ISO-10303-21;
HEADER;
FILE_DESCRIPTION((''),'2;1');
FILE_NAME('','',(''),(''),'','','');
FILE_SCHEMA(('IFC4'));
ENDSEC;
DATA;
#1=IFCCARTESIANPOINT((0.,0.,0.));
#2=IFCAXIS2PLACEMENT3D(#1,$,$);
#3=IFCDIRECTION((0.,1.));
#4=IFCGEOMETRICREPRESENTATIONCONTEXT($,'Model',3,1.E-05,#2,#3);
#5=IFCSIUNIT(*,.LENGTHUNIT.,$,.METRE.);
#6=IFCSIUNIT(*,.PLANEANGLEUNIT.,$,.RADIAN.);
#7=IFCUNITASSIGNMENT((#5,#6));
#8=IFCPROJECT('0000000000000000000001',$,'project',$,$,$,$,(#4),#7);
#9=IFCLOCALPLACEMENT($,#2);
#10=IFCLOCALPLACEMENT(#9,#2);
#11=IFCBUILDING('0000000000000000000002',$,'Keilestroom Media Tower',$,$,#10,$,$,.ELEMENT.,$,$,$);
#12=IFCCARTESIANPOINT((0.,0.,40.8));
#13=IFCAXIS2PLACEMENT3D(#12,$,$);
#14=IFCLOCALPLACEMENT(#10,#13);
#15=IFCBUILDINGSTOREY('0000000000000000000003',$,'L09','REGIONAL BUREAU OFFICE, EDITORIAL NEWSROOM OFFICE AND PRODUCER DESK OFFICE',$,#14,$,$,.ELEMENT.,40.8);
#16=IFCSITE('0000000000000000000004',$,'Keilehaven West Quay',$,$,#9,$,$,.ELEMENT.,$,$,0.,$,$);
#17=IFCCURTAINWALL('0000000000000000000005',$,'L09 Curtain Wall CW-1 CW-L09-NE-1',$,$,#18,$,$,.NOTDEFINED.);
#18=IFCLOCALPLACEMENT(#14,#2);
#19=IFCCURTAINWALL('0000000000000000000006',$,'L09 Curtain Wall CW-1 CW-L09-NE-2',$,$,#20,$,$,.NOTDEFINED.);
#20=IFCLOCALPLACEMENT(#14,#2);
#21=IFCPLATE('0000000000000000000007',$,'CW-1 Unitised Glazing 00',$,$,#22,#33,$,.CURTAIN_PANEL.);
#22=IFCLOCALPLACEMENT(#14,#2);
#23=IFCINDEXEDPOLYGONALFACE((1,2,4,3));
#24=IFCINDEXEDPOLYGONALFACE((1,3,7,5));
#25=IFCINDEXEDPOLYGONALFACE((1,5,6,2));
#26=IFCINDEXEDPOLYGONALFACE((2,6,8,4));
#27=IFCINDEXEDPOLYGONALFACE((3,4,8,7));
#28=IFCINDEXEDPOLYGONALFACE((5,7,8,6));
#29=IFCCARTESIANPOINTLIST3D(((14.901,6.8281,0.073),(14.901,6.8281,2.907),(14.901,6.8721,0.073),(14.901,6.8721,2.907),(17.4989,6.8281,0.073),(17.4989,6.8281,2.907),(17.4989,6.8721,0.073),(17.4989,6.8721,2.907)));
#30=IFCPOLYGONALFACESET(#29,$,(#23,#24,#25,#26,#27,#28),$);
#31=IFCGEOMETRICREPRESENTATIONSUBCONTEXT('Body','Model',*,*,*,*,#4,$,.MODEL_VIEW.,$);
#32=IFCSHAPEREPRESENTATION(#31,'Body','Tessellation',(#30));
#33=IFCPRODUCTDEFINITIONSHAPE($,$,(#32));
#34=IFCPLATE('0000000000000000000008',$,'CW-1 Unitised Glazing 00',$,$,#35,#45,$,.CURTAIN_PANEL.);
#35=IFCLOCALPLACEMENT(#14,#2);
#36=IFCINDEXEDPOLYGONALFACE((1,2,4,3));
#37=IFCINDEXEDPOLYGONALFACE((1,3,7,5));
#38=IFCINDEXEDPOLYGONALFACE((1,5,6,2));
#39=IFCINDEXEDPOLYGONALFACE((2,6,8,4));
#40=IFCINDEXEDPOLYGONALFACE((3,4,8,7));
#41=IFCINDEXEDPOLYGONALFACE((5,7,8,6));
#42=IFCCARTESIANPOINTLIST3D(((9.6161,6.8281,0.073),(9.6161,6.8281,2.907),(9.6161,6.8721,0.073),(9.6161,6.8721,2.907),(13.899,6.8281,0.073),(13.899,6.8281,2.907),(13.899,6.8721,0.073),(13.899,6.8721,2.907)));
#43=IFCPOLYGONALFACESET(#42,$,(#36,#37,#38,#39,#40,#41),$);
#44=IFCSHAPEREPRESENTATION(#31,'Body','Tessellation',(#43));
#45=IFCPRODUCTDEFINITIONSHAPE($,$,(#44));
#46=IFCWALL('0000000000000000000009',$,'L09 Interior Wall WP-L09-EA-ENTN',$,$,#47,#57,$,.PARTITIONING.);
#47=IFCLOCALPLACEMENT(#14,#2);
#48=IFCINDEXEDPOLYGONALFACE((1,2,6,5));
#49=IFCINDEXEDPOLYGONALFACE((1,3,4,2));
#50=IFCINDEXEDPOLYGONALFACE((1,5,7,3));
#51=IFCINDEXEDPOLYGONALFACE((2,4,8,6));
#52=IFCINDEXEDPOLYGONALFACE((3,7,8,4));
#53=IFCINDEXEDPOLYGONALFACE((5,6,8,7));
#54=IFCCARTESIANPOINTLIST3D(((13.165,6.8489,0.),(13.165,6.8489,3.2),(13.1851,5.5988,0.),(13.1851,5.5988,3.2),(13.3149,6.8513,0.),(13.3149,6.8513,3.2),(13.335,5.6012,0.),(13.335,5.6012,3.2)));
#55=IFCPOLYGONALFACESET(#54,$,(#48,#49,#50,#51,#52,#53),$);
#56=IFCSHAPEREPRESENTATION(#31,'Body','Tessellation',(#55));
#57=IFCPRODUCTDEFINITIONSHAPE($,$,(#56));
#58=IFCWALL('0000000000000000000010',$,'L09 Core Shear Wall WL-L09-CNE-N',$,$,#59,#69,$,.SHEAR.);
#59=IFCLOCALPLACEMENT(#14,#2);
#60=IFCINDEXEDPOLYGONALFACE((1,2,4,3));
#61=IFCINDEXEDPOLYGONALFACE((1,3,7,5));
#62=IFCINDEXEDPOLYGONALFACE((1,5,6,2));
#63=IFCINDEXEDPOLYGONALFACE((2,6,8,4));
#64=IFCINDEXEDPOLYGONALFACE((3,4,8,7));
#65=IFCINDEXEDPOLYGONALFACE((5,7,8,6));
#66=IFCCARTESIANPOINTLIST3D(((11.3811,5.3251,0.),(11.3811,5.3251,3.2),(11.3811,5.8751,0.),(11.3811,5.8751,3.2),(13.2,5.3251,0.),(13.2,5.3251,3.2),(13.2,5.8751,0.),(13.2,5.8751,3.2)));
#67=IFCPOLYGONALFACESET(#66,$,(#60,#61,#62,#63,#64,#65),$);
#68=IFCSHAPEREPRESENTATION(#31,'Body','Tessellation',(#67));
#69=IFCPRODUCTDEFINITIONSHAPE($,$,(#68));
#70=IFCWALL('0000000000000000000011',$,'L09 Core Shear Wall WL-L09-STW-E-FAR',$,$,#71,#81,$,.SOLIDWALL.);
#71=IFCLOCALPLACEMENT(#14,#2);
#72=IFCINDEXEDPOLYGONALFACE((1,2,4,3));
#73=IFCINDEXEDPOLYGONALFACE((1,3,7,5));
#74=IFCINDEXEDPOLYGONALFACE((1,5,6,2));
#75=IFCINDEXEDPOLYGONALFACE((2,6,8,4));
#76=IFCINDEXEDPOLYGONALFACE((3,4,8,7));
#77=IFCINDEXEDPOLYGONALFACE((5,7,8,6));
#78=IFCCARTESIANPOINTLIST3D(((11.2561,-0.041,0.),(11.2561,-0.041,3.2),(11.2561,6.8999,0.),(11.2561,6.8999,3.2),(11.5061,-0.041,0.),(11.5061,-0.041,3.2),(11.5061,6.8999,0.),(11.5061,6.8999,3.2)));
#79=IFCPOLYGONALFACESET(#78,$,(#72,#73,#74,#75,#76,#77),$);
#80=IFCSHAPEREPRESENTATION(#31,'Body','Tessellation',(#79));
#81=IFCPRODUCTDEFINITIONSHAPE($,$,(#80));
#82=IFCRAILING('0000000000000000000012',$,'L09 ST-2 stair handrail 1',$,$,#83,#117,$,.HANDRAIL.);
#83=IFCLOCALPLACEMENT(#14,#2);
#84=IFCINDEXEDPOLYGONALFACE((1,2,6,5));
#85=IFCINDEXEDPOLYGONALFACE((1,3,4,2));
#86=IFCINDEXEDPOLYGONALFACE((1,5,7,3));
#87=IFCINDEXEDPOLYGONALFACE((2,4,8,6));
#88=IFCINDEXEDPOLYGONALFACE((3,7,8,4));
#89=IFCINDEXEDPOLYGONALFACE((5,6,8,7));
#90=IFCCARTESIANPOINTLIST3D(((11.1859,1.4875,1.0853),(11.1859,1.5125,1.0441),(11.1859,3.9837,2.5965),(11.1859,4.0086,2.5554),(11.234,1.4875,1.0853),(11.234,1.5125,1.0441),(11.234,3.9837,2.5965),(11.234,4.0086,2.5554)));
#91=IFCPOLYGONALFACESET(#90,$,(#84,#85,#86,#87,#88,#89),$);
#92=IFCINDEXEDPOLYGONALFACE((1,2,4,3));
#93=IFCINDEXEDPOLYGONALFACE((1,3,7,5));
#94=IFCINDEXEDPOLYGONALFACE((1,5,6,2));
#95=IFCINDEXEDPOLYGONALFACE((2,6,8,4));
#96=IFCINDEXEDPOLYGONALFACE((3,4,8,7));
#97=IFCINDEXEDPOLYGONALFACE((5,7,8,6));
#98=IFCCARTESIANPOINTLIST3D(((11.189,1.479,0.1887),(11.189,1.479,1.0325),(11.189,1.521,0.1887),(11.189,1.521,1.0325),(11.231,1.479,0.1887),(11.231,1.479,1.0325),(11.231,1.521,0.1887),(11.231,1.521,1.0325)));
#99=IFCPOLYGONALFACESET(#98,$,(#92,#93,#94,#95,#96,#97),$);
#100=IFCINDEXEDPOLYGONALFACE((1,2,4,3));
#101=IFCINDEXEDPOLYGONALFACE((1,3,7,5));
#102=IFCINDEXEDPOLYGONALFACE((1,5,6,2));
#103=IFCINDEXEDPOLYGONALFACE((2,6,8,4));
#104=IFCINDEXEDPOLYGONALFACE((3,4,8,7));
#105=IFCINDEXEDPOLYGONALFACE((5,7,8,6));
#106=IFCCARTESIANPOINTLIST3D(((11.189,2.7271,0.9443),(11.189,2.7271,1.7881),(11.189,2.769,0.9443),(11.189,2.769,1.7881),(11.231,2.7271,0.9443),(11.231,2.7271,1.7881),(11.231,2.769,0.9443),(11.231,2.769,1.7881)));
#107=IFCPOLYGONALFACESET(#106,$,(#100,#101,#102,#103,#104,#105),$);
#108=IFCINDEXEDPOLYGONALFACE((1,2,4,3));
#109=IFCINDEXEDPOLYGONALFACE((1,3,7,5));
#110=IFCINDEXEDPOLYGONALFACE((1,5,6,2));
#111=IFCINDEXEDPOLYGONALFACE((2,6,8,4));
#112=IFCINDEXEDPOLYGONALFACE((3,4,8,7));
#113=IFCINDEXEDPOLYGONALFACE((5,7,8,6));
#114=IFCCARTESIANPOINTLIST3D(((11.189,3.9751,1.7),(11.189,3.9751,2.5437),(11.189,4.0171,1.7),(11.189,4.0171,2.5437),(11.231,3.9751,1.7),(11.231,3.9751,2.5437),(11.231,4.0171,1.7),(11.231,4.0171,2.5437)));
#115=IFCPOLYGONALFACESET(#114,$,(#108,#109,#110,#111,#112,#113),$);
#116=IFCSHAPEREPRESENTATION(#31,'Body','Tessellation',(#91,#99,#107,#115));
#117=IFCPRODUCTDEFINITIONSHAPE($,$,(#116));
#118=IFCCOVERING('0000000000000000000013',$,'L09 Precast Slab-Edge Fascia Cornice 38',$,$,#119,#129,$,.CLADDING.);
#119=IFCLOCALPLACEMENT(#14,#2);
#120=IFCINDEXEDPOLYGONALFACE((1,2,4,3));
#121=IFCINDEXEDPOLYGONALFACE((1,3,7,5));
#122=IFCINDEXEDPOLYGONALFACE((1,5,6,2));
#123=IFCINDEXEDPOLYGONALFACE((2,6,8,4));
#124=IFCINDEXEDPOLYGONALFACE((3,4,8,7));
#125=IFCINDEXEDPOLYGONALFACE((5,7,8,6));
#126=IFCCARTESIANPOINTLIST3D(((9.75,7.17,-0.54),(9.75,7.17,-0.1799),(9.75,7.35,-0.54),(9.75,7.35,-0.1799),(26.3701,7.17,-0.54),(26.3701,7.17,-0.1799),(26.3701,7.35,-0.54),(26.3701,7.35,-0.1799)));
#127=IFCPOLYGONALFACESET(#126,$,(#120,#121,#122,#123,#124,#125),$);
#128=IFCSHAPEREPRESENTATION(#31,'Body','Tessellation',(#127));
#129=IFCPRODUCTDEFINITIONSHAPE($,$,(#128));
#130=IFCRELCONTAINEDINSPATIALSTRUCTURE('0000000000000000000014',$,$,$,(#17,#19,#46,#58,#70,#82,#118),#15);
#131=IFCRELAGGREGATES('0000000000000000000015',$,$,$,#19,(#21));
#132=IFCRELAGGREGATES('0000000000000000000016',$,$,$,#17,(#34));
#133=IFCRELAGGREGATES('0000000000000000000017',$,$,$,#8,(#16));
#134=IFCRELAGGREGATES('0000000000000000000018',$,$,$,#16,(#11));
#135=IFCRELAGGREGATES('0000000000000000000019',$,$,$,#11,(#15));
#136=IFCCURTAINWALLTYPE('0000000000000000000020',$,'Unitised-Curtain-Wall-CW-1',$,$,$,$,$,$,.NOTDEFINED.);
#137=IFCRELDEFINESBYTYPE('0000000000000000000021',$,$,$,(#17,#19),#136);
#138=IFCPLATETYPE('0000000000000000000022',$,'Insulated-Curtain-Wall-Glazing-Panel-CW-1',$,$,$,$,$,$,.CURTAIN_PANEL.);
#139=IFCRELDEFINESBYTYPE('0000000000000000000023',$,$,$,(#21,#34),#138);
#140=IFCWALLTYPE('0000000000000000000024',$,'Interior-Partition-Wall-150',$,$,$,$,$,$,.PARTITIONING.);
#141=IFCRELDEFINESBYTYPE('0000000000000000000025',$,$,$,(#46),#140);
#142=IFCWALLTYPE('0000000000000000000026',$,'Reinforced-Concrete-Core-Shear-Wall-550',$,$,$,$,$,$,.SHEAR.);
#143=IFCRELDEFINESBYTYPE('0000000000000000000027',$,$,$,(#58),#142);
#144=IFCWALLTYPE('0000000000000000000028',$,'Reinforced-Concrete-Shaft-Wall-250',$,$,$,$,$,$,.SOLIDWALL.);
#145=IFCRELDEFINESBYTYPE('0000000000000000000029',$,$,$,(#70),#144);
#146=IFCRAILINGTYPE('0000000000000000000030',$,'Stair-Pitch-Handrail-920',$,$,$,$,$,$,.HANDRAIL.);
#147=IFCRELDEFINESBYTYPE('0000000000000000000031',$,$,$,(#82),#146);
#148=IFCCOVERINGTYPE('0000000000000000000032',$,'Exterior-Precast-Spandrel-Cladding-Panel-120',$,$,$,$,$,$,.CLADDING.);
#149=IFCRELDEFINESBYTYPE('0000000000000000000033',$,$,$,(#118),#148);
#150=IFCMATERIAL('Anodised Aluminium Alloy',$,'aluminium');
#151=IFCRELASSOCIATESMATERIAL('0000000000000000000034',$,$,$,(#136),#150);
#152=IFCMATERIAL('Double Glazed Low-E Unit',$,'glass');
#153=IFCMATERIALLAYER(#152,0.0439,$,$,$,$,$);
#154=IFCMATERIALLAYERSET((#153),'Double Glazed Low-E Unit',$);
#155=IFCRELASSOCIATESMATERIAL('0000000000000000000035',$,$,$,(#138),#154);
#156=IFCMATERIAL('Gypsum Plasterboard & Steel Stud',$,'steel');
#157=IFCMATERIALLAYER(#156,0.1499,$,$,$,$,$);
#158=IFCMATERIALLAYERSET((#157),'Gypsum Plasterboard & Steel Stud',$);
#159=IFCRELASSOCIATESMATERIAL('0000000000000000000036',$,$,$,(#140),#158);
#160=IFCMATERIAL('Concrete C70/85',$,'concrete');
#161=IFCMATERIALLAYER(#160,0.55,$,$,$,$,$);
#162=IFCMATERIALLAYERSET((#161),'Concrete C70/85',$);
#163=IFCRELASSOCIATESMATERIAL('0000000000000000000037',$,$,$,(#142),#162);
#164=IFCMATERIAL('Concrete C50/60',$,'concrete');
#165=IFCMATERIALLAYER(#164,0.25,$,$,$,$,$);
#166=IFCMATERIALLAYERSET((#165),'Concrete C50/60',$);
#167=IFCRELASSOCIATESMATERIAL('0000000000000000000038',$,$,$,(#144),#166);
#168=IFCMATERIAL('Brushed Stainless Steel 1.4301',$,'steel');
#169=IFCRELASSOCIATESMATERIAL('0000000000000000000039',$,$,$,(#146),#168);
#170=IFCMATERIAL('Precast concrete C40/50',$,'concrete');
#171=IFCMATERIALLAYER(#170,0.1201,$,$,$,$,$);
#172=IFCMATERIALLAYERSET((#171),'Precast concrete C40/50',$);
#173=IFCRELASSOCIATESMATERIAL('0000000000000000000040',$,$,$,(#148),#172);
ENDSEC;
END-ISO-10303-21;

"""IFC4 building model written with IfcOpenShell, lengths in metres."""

from ifc_helpers import new_model, si_unit, direction, frame, frame_2d, origin, origin_2d, place, context, subcontext, project, spatial, rectangle, extrude, source, transform, mapped, material, layer, layer_set, type_object, element, aggregate, save


model = new_model("IFC4")

# Units and contexts
model_context = context("Model", 3, precision=1e-05, world=origin(), true_north=direction((0.0, 1.0)))
body_context = subcontext(model_context, "Body", "Model", "MODEL_VIEW")
ifc_project = project(units=[si_unit("LENGTHUNIT", "METRE"), si_unit("PLANEANGLEUNIT", "RADIAN")], contexts=[model_context])

# Site, building, storey
site_placement = place(None, origin())
site = spatial("IfcSite", under=ifc_project, at=site_placement, Name="Keilehaven West Quay", CompositionType="ELEMENT", RefElevation=0.0)
building_placement = place(site_placement, origin())
building = spatial("IfcBuilding", under=site, at=building_placement, Name="Keilestroom Media Tower", CompositionType="ELEMENT")
storey_placement = place(building_placement, frame((0.0, 0.0, 40.8)))
storey = spatial("IfcBuildingStorey", under=building, at=storey_placement, Name="L09", Description="REGIONAL BUREAU OFFICE, EDITORIAL NEWSROOM OFFICE AND PRODUCER DESK OFFICE", CompositionType="ELEMENT", Elevation=40.8)

# Shared definitions
ifc_material_1 = material(Name="Precast concrete C40/50", Category="concrete")

# Curtain wall
ifc_material_2 = material(Name="Anodised Aluminium Alloy", Category="aluminium")
curtain_wall_type = type_object("IfcCurtainWallType", Name="Unitised-Curtain-Wall-CW-1", PredefinedType="NOTDEFINED", material=ifc_material_2)
curtain_wall_1_placement = place(storey_placement, origin())
curtain_wall_1 = element("IfcCurtainWall", 1, at=curtain_wall_1_placement, inside=storey, type_object=curtain_wall_type, Name="L09 Curtain Wall CW-1 CW-L09-NE-1", PredefinedType="NOTDEFINED")

# Curtain wall
curtain_wall_2_placement = place(storey_placement, origin())
curtain_wall_2 = element("IfcCurtainWall", 2, at=curtain_wall_2_placement, inside=storey, type_object=curtain_wall_type, Name="L09 Curtain Wall CW-1 CW-L09-NE-2", PredefinedType="NOTDEFINED")

# Plates
ifc_material_3 = material(Name="Double Glazed Low-E Unit", Category="glass")
ifc_layer_1 = layer(ifc_material_3, 0.0439)
ifc_layer_set_1 = layer_set([ifc_layer_1], Name="Double Glazed Low-E Unit")
plate_type = type_object("IfcPlateType", Name="Insulated-Curtain-Wall-Glazing-Panel-CW-1", PredefinedType="CURTAIN_PANEL", material=ifc_layer_set_1)
shared_shape_1 = source(origin(), body_context, "Body", "SweptSolid", [
    extrude(rectangle(XDim=2.5979, YDim=0.0439, at=origin_2d()), origin(), (0.0, 0.0, 1.0), 2.834),
])
plate_1_placement = place(storey_placement, frame((16.2, 6.8501, 0.073), z_axis=(0.0, 0.0, 1.0), x_axis=(1.0, 0.0, 0.0)))
plate_1 = element("IfcPlate", 3, at=plate_1_placement, type_object=plate_type, Name="CW-1 Unitised Glazing 00", PredefinedType="CURTAIN_PANEL", context=body_context, shape_type="MappedRepresentation", body=[
    mapped(shared_shape_1, transform((0.0, 0.0, 0.0), x_axis=(1.0, 0.0, 0.0), y_axis=(0.0, 1.0, 0.0), z_axis=(0.0, 0.0, 1.0), scale=1.0)),
])
aggregate(curtain_wall_2, [plate_1])
shared_shape_2 = source(origin(), body_context, "Body", "SweptSolid", [
    extrude(rectangle(XDim=4.283, YDim=0.0439, at=origin_2d()), origin(), (0.0, 0.0, 1.0), 2.834),
])
plate_2_placement = place(storey_placement, frame((11.7576, 6.8501, 0.073), z_axis=(0.0, 0.0, 1.0), x_axis=(1.0, 0.0, 0.0)))
plate_2 = element("IfcPlate", 4, at=plate_2_placement, type_object=plate_type, Name="CW-1 Unitised Glazing 00", PredefinedType="CURTAIN_PANEL", context=body_context, shape_type="MappedRepresentation", body=[
    mapped(shared_shape_2, transform((0.0, 0.0, 0.0), x_axis=(1.0, 0.0, 0.0), y_axis=(0.0, 1.0, 0.0), z_axis=(0.0, 0.0, 1.0), scale=1.0)),
])
aggregate(curtain_wall_1, [plate_2])

# Walls
ifc_material_4 = material(Name="Gypsum Plasterboard & Steel Stud", Category="steel")
ifc_layer_2 = layer(ifc_material_4, 0.1499)
ifc_layer_set_2 = layer_set([ifc_layer_2], Name="Gypsum Plasterboard & Steel Stud")
wall_type_1 = type_object("IfcWallType", Name="Interior-Partition-Wall-150", PredefinedType="PARTITIONING", material=ifc_layer_set_2)
wall_1_placement = place(storey_placement, frame((13.26, 5.6001, 0.0), z_axis=(0.0, 0.0, 1.0), x_axis=(-0.016014, 0.999872, 0.0)))
element("IfcWall", 5, at=wall_1_placement, inside=storey, type_object=wall_type_1, Name="L09 Interior Wall WP-L09-EA-ENTN", PredefinedType="PARTITIONING", context=body_context, shape_type="SweptSolid", body=[
    extrude(rectangle(XDim=1.2502, YDim=0.1499, at=frame_2d((0.625, 0.0))), origin(), (0.0, 0.0, 1.0), 3.2),
])
ifc_material_5 = material(Name="Concrete C70/85", Category="concrete")
ifc_layer_3 = layer(ifc_material_5, 0.55)
ifc_layer_set_3 = layer_set([ifc_layer_3], Name="Concrete C70/85")
wall_type_2 = type_object("IfcWallType", Name="Reinforced-Concrete-Core-Shear-Wall-550", PredefinedType="SHEAR", material=ifc_layer_set_3)
wall_2_placement = place(storey_placement, frame((11.3811, 5.6001, 0.0), z_axis=(0.0, 0.0, 1.0), x_axis=(1.0, 0.0, 0.0)))
element("IfcWall", 6, at=wall_2_placement, inside=storey, type_object=wall_type_2, Name="L09 Core Shear Wall WL-L09-CNE-N", PredefinedType="SHEAR", context=body_context, shape_type="SweptSolid", body=[
    extrude(rectangle(XDim=1.8188, YDim=0.55, at=frame_2d((0.9094, 0.0))), origin(), (0.0, 0.0, 1.0), 3.2),
])
ifc_material_6 = material(Name="Concrete C50/60", Category="concrete")
ifc_layer_4 = layer(ifc_material_6, 0.25)
ifc_layer_set_4 = layer_set([ifc_layer_4], Name="Concrete C50/60")
wall_type_3 = type_object("IfcWallType", Name="Reinforced-Concrete-Shaft-Wall-250", PredefinedType="SOLIDWALL", material=ifc_layer_set_4)
wall_3_placement = place(storey_placement, frame((11.3811, -0.041, 0.0), z_axis=(0.0, 0.0, 1.0), x_axis=(0.0, 1.0, 0.0)))
element("IfcWall", 7, at=wall_3_placement, inside=storey, type_object=wall_type_3, Name="L09 Core Shear Wall WL-L09-STW-E-FAR", PredefinedType="SOLIDWALL", context=body_context, shape_type="SweptSolid", body=[
    extrude(rectangle(XDim=6.9409, YDim=0.25, at=frame_2d((3.4705, 0.0))), origin(), (0.0, 0.0, 1.0), 3.2),
])

# Railing
ifc_material_7 = material(Name="Brushed Stainless Steel 1.4301", Category="steel")
railing_type = type_object("IfcRailingType", Name="Stair-Pitch-Handrail-920", PredefinedType="HANDRAIL", material=ifc_material_7)
railing_placement = place(storey_placement, frame((11.21, 1.5, 0.1887)))
element("IfcRailing", 8, at=railing_placement, inside=storey, type_object=railing_type, Name="L09 ST-2 stair handrail 1", PredefinedType="HANDRAIL", context=body_context, shape_type="SweptSolid", body=[
    extrude(rectangle(XDim=0.0481, YDim=0.0481, at=origin_2d()), frame((0.0, 0.0, 0.876), z_axis=(0.0, 0.855434, 0.517912), x_axis=(-1.0, 0.0, 0.0)), (0.0, 0.0, 1.0), 2.918),
    extrude(rectangle(XDim=0.042, YDim=0.042, at=origin_2d()), origin(), (0.0, 0.0, 1.0), 0.8438),
    extrude(rectangle(XDim=0.042, YDim=0.042, at=origin_2d()), frame((0.0, 1.248, 0.7556)), (0.0, 0.0, 1.0), 0.8438),
    extrude(rectangle(XDim=0.042, YDim=0.042, at=origin_2d()), frame((0.0, 2.4961, 1.5112)), (0.0, 0.0, 1.0), 0.8438),
])

# Covering
ifc_layer_5 = layer(ifc_material_1, 0.1201)
ifc_layer_set_5 = layer_set([ifc_layer_5], Name="Precast concrete C40/50")
covering_type = type_object("IfcCoveringType", Name="Exterior-Precast-Spandrel-Cladding-Panel-120", PredefinedType="CLADDING", material=ifc_layer_set_5)
shared_shape_3 = source(origin(), body_context, "Body", "SweptSolid", [
    extrude(rectangle(XDim=16.6201, YDim=0.1799, at=origin_2d()), origin(), (0.0, 0.0, 1.0), 0.3601),
])
covering_placement = place(storey_placement, frame((18.0601, 7.26, -0.54), z_axis=(0.0, 0.0, 1.0), x_axis=(1.0, 0.0, 0.0)))
element("IfcCovering", 9, at=covering_placement, inside=storey, type_object=covering_type, Name="L09 Precast Slab-Edge Fascia Cornice 38", PredefinedType="CLADDING", context=body_context, shape_type="MappedRepresentation", body=[
    mapped(shared_shape_3, transform((0.0, 0.0, 0.0), x_axis=(1.0, 0.0, 0.0), y_axis=(0.0, 1.0, 0.0), z_axis=(0.0, 0.0, 1.0), scale=1.0)),
])

save(model, "model.ifc")
